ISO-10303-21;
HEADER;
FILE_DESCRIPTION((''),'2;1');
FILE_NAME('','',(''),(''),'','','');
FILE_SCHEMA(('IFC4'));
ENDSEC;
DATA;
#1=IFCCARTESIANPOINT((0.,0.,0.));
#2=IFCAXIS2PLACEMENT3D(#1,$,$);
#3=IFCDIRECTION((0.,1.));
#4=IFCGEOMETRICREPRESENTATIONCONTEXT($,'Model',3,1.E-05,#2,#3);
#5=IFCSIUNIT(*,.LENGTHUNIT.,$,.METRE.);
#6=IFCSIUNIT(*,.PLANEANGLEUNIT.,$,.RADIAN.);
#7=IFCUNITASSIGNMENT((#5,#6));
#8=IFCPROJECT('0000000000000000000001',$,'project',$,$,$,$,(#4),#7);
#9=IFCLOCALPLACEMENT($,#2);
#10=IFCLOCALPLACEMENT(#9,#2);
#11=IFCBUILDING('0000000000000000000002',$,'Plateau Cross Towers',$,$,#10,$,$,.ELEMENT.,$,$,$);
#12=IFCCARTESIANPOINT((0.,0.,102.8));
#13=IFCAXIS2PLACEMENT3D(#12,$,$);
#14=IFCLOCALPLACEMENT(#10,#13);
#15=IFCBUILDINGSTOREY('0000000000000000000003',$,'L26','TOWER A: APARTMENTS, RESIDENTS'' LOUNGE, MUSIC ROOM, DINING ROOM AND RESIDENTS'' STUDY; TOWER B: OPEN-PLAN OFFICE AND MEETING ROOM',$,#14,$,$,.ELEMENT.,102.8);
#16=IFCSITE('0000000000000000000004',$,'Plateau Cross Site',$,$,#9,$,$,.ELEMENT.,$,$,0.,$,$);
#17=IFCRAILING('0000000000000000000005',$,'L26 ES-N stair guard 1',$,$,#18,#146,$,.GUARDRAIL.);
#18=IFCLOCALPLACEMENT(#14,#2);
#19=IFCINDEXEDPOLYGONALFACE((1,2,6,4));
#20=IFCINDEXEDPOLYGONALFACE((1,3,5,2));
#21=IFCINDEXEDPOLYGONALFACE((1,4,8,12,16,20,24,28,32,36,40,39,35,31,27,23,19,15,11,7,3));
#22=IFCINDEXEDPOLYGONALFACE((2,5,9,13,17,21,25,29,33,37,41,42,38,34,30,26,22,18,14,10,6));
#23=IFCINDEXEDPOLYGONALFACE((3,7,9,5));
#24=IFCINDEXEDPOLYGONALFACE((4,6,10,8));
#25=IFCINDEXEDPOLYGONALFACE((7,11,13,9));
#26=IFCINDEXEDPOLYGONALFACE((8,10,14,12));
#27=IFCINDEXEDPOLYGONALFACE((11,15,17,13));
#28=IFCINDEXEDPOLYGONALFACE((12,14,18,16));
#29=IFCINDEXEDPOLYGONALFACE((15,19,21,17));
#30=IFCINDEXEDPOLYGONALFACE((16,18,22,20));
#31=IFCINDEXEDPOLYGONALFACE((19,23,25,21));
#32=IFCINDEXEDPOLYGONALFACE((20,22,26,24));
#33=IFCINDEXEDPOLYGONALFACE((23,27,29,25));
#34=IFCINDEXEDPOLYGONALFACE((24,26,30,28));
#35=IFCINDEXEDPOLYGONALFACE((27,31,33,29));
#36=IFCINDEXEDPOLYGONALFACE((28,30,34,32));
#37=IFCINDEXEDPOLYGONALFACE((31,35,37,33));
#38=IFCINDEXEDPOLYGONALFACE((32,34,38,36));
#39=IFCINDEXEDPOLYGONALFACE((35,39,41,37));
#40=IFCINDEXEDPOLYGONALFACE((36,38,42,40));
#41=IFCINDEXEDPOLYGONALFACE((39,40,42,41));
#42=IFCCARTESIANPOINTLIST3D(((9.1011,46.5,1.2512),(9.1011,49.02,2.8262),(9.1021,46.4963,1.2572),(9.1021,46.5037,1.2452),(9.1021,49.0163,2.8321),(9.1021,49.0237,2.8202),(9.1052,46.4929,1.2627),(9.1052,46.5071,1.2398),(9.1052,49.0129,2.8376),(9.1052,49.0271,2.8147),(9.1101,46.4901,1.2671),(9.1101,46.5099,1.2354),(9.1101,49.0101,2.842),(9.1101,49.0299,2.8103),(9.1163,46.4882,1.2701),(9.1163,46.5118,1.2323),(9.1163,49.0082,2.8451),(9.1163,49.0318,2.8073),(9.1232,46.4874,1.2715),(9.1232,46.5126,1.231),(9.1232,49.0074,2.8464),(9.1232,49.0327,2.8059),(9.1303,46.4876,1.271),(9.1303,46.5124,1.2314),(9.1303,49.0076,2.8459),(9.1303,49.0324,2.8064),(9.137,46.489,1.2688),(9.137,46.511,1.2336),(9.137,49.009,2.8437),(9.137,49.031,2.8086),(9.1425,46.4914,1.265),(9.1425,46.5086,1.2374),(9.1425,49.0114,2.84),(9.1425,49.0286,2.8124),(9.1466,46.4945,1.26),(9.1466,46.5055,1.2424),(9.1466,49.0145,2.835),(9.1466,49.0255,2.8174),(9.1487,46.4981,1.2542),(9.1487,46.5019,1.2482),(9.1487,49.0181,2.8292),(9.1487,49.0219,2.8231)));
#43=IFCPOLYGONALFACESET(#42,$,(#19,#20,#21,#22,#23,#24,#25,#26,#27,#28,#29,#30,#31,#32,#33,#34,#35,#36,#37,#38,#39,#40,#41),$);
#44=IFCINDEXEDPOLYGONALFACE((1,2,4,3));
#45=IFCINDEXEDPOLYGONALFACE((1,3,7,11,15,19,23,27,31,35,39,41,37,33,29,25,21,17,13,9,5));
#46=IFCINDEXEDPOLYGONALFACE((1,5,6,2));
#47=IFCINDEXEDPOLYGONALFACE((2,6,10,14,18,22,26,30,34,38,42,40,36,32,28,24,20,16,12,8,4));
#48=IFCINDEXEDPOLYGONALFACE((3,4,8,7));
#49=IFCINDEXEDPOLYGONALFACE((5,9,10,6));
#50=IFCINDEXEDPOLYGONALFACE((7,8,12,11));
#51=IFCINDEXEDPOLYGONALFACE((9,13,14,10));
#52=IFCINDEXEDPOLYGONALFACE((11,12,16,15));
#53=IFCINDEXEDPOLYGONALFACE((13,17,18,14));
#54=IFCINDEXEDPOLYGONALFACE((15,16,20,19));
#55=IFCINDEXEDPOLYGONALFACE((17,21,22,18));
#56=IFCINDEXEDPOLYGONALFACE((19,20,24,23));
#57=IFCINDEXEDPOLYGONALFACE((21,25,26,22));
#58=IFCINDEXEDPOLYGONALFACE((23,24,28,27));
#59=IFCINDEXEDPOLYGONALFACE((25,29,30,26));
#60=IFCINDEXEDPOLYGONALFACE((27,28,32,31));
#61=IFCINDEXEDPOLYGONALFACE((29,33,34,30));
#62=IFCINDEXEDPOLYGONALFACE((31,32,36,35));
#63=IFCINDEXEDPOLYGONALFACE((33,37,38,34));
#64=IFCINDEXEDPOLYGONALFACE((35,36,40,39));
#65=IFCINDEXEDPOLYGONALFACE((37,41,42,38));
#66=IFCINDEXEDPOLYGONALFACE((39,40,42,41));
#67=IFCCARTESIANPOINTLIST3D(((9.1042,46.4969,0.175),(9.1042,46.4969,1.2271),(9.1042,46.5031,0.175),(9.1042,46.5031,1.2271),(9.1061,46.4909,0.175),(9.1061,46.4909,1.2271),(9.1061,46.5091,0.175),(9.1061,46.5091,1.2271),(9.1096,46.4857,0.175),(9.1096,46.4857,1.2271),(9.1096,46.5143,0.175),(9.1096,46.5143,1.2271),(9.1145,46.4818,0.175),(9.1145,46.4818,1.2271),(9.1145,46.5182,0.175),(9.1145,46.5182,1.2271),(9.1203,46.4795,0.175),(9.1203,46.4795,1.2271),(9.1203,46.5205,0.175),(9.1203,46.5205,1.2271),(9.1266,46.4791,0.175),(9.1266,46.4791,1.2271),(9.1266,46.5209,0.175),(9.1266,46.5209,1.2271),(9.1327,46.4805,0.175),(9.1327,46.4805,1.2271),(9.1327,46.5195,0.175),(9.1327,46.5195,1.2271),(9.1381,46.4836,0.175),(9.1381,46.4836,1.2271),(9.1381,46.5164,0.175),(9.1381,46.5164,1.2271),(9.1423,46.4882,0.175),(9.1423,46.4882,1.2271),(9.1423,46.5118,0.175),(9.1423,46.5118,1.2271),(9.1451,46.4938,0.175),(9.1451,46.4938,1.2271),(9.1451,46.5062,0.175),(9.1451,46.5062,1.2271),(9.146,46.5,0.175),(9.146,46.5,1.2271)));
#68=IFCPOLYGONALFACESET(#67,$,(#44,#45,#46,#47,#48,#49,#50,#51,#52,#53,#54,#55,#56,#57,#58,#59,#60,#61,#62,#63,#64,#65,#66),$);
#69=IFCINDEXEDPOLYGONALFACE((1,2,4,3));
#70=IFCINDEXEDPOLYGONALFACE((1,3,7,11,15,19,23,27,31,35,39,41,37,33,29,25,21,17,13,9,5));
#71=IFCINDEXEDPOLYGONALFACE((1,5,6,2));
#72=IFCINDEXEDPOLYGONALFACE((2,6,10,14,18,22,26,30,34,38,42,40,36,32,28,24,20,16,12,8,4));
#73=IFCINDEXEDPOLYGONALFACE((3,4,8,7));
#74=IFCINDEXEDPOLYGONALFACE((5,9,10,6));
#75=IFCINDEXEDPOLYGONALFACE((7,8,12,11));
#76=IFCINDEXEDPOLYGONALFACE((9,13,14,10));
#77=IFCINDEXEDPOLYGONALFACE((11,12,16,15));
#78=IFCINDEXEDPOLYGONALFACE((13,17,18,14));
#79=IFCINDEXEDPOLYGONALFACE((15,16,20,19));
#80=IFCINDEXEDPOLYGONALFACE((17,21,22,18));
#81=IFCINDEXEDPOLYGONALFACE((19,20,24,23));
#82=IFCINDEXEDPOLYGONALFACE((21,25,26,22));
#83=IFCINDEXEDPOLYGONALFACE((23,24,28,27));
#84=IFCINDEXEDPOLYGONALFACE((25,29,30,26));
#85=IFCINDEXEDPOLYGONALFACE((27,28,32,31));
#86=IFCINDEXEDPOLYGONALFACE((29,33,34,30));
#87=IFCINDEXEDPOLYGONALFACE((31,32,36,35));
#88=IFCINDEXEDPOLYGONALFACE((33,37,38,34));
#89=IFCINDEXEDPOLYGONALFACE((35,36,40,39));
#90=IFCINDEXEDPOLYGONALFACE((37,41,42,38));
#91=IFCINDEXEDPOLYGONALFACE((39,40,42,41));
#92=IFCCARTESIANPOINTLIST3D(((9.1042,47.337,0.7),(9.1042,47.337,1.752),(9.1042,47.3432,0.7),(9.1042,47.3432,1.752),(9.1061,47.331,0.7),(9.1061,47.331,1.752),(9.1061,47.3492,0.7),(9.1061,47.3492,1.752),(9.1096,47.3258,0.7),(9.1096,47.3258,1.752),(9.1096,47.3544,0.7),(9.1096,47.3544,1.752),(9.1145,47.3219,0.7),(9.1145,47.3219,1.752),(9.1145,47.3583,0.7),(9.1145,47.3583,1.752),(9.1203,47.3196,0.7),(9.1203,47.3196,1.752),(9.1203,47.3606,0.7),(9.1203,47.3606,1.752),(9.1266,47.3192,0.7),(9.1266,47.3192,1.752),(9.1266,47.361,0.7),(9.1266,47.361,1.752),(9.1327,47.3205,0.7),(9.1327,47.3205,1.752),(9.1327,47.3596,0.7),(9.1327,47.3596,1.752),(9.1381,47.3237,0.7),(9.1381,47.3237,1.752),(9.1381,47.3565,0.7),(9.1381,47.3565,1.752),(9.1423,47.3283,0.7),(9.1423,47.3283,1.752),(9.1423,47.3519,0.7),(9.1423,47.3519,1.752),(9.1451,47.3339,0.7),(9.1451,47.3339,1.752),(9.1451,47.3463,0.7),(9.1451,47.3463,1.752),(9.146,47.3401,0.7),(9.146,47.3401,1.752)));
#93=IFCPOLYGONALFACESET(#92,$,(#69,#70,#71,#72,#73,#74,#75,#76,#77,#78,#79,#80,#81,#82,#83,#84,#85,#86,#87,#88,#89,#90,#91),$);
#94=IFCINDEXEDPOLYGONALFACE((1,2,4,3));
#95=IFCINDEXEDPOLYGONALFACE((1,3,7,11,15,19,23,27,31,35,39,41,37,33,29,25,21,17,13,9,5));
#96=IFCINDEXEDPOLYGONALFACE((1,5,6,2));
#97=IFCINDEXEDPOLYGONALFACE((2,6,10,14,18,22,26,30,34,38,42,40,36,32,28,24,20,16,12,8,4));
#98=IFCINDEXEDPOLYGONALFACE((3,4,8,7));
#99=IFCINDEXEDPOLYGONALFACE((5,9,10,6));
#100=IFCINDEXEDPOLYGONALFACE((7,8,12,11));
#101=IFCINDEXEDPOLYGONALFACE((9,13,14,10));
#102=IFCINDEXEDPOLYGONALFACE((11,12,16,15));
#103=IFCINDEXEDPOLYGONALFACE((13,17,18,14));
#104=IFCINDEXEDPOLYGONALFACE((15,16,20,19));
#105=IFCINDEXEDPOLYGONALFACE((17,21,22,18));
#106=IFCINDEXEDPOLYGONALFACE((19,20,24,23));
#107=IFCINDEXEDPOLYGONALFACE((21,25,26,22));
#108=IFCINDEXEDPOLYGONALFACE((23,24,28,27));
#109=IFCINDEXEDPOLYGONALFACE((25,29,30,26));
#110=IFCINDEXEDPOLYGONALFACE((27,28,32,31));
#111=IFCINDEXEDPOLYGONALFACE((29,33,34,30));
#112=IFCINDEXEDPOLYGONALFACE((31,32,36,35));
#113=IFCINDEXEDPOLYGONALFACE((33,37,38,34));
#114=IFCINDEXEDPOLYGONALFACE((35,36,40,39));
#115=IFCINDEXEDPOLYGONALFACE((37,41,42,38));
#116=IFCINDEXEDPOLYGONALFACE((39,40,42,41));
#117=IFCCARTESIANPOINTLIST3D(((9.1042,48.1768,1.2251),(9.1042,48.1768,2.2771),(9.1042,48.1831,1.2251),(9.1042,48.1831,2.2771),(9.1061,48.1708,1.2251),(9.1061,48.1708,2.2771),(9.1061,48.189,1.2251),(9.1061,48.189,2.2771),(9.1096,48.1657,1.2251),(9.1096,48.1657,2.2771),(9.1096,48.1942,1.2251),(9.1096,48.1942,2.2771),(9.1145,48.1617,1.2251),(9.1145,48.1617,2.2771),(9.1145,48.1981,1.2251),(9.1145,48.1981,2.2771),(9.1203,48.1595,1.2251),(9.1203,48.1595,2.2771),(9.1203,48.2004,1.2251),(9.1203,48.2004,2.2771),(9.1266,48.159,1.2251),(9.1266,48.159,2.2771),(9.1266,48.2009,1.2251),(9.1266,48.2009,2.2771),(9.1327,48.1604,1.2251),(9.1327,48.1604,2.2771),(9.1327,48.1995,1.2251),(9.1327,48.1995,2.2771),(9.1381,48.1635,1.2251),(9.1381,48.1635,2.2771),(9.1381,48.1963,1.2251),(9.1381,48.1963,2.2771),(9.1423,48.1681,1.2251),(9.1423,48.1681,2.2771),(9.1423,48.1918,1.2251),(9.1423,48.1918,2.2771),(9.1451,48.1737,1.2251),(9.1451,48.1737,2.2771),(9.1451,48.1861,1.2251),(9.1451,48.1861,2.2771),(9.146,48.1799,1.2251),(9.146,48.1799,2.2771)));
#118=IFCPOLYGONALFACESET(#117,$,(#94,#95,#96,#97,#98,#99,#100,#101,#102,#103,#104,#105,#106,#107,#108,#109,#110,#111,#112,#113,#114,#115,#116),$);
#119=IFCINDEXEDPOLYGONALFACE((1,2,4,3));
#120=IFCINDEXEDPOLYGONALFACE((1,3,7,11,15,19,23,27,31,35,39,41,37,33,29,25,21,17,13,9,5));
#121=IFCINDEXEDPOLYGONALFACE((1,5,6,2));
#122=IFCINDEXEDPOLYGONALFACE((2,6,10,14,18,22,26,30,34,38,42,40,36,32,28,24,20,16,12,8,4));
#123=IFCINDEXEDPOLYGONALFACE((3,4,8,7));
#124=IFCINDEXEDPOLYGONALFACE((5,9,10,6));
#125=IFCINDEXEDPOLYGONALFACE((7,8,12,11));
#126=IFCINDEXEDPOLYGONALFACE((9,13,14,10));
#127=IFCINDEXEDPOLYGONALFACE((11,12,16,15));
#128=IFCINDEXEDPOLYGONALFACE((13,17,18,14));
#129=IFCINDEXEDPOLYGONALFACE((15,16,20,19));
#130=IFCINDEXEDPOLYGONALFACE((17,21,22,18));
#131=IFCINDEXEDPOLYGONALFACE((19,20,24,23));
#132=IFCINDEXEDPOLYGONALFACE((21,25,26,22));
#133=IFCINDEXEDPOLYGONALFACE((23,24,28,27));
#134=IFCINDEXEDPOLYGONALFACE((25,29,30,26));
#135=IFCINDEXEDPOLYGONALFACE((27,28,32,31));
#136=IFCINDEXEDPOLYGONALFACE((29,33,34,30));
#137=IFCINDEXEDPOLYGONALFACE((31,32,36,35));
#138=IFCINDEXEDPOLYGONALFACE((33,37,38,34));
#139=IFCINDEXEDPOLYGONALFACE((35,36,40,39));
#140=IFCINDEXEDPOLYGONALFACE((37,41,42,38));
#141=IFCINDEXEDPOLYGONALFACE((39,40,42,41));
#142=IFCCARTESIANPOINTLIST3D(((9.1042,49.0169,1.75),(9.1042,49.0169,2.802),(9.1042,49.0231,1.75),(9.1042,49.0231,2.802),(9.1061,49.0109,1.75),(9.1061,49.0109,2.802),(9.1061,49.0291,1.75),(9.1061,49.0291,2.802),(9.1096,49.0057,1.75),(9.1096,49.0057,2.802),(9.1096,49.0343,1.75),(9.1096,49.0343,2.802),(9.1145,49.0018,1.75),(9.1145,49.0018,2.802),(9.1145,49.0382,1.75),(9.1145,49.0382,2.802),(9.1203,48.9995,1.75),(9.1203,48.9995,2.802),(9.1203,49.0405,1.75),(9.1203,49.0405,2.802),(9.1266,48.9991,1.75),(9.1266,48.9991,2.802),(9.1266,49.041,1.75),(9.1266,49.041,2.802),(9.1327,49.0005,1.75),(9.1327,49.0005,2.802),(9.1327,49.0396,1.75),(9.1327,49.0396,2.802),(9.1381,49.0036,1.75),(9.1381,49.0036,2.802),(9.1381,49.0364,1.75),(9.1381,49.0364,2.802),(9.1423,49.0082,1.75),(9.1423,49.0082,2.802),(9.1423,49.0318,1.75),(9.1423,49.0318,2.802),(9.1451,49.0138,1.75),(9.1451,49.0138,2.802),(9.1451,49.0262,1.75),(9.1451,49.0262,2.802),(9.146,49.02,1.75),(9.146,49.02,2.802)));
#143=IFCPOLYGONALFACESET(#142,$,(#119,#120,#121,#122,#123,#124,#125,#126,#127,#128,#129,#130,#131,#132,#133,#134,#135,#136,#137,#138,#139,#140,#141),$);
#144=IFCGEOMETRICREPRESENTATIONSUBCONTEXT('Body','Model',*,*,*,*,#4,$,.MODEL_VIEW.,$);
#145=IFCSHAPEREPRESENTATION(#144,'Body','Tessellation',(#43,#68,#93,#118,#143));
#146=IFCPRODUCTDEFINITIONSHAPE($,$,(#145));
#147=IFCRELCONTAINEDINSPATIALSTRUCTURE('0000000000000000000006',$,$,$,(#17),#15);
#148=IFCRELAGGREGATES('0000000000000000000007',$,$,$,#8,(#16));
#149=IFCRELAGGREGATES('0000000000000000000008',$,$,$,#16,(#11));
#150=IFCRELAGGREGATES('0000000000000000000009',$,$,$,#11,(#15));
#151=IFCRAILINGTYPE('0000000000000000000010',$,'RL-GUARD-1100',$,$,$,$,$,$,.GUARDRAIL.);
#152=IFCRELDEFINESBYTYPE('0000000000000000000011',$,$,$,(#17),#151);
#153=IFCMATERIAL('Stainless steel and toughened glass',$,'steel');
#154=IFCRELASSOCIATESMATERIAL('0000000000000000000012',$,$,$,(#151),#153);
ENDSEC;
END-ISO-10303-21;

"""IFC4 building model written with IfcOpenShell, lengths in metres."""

from ifc_helpers import new_model, si_unit, direction, frame, origin, origin_2d, place, context, subcontext, project, spatial, circle, extrude, material, type_object, element, save


model = new_model("IFC4")

# Units and contexts
model_context = context("Model", 3, precision=1e-05, world=origin(), true_north=direction((0.0, 1.0)))
body_context = subcontext(model_context, "Body", "Model", "MODEL_VIEW")
ifc_project = project(units=[si_unit("LENGTHUNIT", "METRE"), si_unit("PLANEANGLEUNIT", "RADIAN")], contexts=[model_context])

# Site, building, storey
site_placement = place(None, origin())
site = spatial("IfcSite", under=ifc_project, at=site_placement, Name="Plateau Cross Site", CompositionType="ELEMENT", RefElevation=0.0)
building_placement = place(site_placement, origin())
building = spatial("IfcBuilding", under=site, at=building_placement, Name="Plateau Cross Towers", CompositionType="ELEMENT")
storey_placement = place(building_placement, frame((0.0, 0.0, 102.8)))
storey = spatial("IfcBuildingStorey", under=building, at=storey_placement, Name="L26", Description="TOWER A: APARTMENTS, RESIDENTS' LOUNGE, MUSIC ROOM, DINING ROOM AND RESIDENTS' STUDY; TOWER B: OPEN-PLAN OFFICE AND MEETING ROOM", CompositionType="ELEMENT", Elevation=102.8)

# Railing
ifc_material_1 = material(Name="Stainless steel and toughened glass", Category="steel")
railing_type_1 = type_object("IfcRailingType", Name="RL-GUARD-1100", PredefinedType="GUARDRAIL", material=ifc_material_1)
railing_1_placement = place(storey_placement, frame((9.125, 46.5, 0.175)))
element("IfcRailing", 1, at=railing_1_placement, inside=storey, type_object=railing_type_1, Name="L26 ES-N stair guard 1", PredefinedType="GUARDRAIL", context=body_context, shape_type="SweptSolid", body=[
    extrude(circle(Radius=0.0239, at=origin_2d()), frame((0.0, 0.0, 1.0762), z_axis=(0.0, 0.848008, 0.529984), x_axis=(-1.0, 0.0, 0.0)), (0.0, 0.0, 1.0), 2.9717),
    extrude(circle(Radius=0.021, at=origin_2d()), origin(), (0.0, 0.0, 1.0), 1.052),
    extrude(circle(Radius=0.021, at=origin_2d()), frame((0.0, 0.8401, 0.5249)), (0.0, 0.0, 1.0), 1.052),
    extrude(circle(Radius=0.021, at=origin_2d()), frame((0.0, 1.6799, 1.05)), (0.0, 0.0, 1.0), 1.052),
    extrude(circle(Radius=0.021, at=origin_2d()), frame((0.0, 2.52, 1.575)), (0.0, 0.0, 1.0), 1.052),
])

save(model, "model.ifc")
